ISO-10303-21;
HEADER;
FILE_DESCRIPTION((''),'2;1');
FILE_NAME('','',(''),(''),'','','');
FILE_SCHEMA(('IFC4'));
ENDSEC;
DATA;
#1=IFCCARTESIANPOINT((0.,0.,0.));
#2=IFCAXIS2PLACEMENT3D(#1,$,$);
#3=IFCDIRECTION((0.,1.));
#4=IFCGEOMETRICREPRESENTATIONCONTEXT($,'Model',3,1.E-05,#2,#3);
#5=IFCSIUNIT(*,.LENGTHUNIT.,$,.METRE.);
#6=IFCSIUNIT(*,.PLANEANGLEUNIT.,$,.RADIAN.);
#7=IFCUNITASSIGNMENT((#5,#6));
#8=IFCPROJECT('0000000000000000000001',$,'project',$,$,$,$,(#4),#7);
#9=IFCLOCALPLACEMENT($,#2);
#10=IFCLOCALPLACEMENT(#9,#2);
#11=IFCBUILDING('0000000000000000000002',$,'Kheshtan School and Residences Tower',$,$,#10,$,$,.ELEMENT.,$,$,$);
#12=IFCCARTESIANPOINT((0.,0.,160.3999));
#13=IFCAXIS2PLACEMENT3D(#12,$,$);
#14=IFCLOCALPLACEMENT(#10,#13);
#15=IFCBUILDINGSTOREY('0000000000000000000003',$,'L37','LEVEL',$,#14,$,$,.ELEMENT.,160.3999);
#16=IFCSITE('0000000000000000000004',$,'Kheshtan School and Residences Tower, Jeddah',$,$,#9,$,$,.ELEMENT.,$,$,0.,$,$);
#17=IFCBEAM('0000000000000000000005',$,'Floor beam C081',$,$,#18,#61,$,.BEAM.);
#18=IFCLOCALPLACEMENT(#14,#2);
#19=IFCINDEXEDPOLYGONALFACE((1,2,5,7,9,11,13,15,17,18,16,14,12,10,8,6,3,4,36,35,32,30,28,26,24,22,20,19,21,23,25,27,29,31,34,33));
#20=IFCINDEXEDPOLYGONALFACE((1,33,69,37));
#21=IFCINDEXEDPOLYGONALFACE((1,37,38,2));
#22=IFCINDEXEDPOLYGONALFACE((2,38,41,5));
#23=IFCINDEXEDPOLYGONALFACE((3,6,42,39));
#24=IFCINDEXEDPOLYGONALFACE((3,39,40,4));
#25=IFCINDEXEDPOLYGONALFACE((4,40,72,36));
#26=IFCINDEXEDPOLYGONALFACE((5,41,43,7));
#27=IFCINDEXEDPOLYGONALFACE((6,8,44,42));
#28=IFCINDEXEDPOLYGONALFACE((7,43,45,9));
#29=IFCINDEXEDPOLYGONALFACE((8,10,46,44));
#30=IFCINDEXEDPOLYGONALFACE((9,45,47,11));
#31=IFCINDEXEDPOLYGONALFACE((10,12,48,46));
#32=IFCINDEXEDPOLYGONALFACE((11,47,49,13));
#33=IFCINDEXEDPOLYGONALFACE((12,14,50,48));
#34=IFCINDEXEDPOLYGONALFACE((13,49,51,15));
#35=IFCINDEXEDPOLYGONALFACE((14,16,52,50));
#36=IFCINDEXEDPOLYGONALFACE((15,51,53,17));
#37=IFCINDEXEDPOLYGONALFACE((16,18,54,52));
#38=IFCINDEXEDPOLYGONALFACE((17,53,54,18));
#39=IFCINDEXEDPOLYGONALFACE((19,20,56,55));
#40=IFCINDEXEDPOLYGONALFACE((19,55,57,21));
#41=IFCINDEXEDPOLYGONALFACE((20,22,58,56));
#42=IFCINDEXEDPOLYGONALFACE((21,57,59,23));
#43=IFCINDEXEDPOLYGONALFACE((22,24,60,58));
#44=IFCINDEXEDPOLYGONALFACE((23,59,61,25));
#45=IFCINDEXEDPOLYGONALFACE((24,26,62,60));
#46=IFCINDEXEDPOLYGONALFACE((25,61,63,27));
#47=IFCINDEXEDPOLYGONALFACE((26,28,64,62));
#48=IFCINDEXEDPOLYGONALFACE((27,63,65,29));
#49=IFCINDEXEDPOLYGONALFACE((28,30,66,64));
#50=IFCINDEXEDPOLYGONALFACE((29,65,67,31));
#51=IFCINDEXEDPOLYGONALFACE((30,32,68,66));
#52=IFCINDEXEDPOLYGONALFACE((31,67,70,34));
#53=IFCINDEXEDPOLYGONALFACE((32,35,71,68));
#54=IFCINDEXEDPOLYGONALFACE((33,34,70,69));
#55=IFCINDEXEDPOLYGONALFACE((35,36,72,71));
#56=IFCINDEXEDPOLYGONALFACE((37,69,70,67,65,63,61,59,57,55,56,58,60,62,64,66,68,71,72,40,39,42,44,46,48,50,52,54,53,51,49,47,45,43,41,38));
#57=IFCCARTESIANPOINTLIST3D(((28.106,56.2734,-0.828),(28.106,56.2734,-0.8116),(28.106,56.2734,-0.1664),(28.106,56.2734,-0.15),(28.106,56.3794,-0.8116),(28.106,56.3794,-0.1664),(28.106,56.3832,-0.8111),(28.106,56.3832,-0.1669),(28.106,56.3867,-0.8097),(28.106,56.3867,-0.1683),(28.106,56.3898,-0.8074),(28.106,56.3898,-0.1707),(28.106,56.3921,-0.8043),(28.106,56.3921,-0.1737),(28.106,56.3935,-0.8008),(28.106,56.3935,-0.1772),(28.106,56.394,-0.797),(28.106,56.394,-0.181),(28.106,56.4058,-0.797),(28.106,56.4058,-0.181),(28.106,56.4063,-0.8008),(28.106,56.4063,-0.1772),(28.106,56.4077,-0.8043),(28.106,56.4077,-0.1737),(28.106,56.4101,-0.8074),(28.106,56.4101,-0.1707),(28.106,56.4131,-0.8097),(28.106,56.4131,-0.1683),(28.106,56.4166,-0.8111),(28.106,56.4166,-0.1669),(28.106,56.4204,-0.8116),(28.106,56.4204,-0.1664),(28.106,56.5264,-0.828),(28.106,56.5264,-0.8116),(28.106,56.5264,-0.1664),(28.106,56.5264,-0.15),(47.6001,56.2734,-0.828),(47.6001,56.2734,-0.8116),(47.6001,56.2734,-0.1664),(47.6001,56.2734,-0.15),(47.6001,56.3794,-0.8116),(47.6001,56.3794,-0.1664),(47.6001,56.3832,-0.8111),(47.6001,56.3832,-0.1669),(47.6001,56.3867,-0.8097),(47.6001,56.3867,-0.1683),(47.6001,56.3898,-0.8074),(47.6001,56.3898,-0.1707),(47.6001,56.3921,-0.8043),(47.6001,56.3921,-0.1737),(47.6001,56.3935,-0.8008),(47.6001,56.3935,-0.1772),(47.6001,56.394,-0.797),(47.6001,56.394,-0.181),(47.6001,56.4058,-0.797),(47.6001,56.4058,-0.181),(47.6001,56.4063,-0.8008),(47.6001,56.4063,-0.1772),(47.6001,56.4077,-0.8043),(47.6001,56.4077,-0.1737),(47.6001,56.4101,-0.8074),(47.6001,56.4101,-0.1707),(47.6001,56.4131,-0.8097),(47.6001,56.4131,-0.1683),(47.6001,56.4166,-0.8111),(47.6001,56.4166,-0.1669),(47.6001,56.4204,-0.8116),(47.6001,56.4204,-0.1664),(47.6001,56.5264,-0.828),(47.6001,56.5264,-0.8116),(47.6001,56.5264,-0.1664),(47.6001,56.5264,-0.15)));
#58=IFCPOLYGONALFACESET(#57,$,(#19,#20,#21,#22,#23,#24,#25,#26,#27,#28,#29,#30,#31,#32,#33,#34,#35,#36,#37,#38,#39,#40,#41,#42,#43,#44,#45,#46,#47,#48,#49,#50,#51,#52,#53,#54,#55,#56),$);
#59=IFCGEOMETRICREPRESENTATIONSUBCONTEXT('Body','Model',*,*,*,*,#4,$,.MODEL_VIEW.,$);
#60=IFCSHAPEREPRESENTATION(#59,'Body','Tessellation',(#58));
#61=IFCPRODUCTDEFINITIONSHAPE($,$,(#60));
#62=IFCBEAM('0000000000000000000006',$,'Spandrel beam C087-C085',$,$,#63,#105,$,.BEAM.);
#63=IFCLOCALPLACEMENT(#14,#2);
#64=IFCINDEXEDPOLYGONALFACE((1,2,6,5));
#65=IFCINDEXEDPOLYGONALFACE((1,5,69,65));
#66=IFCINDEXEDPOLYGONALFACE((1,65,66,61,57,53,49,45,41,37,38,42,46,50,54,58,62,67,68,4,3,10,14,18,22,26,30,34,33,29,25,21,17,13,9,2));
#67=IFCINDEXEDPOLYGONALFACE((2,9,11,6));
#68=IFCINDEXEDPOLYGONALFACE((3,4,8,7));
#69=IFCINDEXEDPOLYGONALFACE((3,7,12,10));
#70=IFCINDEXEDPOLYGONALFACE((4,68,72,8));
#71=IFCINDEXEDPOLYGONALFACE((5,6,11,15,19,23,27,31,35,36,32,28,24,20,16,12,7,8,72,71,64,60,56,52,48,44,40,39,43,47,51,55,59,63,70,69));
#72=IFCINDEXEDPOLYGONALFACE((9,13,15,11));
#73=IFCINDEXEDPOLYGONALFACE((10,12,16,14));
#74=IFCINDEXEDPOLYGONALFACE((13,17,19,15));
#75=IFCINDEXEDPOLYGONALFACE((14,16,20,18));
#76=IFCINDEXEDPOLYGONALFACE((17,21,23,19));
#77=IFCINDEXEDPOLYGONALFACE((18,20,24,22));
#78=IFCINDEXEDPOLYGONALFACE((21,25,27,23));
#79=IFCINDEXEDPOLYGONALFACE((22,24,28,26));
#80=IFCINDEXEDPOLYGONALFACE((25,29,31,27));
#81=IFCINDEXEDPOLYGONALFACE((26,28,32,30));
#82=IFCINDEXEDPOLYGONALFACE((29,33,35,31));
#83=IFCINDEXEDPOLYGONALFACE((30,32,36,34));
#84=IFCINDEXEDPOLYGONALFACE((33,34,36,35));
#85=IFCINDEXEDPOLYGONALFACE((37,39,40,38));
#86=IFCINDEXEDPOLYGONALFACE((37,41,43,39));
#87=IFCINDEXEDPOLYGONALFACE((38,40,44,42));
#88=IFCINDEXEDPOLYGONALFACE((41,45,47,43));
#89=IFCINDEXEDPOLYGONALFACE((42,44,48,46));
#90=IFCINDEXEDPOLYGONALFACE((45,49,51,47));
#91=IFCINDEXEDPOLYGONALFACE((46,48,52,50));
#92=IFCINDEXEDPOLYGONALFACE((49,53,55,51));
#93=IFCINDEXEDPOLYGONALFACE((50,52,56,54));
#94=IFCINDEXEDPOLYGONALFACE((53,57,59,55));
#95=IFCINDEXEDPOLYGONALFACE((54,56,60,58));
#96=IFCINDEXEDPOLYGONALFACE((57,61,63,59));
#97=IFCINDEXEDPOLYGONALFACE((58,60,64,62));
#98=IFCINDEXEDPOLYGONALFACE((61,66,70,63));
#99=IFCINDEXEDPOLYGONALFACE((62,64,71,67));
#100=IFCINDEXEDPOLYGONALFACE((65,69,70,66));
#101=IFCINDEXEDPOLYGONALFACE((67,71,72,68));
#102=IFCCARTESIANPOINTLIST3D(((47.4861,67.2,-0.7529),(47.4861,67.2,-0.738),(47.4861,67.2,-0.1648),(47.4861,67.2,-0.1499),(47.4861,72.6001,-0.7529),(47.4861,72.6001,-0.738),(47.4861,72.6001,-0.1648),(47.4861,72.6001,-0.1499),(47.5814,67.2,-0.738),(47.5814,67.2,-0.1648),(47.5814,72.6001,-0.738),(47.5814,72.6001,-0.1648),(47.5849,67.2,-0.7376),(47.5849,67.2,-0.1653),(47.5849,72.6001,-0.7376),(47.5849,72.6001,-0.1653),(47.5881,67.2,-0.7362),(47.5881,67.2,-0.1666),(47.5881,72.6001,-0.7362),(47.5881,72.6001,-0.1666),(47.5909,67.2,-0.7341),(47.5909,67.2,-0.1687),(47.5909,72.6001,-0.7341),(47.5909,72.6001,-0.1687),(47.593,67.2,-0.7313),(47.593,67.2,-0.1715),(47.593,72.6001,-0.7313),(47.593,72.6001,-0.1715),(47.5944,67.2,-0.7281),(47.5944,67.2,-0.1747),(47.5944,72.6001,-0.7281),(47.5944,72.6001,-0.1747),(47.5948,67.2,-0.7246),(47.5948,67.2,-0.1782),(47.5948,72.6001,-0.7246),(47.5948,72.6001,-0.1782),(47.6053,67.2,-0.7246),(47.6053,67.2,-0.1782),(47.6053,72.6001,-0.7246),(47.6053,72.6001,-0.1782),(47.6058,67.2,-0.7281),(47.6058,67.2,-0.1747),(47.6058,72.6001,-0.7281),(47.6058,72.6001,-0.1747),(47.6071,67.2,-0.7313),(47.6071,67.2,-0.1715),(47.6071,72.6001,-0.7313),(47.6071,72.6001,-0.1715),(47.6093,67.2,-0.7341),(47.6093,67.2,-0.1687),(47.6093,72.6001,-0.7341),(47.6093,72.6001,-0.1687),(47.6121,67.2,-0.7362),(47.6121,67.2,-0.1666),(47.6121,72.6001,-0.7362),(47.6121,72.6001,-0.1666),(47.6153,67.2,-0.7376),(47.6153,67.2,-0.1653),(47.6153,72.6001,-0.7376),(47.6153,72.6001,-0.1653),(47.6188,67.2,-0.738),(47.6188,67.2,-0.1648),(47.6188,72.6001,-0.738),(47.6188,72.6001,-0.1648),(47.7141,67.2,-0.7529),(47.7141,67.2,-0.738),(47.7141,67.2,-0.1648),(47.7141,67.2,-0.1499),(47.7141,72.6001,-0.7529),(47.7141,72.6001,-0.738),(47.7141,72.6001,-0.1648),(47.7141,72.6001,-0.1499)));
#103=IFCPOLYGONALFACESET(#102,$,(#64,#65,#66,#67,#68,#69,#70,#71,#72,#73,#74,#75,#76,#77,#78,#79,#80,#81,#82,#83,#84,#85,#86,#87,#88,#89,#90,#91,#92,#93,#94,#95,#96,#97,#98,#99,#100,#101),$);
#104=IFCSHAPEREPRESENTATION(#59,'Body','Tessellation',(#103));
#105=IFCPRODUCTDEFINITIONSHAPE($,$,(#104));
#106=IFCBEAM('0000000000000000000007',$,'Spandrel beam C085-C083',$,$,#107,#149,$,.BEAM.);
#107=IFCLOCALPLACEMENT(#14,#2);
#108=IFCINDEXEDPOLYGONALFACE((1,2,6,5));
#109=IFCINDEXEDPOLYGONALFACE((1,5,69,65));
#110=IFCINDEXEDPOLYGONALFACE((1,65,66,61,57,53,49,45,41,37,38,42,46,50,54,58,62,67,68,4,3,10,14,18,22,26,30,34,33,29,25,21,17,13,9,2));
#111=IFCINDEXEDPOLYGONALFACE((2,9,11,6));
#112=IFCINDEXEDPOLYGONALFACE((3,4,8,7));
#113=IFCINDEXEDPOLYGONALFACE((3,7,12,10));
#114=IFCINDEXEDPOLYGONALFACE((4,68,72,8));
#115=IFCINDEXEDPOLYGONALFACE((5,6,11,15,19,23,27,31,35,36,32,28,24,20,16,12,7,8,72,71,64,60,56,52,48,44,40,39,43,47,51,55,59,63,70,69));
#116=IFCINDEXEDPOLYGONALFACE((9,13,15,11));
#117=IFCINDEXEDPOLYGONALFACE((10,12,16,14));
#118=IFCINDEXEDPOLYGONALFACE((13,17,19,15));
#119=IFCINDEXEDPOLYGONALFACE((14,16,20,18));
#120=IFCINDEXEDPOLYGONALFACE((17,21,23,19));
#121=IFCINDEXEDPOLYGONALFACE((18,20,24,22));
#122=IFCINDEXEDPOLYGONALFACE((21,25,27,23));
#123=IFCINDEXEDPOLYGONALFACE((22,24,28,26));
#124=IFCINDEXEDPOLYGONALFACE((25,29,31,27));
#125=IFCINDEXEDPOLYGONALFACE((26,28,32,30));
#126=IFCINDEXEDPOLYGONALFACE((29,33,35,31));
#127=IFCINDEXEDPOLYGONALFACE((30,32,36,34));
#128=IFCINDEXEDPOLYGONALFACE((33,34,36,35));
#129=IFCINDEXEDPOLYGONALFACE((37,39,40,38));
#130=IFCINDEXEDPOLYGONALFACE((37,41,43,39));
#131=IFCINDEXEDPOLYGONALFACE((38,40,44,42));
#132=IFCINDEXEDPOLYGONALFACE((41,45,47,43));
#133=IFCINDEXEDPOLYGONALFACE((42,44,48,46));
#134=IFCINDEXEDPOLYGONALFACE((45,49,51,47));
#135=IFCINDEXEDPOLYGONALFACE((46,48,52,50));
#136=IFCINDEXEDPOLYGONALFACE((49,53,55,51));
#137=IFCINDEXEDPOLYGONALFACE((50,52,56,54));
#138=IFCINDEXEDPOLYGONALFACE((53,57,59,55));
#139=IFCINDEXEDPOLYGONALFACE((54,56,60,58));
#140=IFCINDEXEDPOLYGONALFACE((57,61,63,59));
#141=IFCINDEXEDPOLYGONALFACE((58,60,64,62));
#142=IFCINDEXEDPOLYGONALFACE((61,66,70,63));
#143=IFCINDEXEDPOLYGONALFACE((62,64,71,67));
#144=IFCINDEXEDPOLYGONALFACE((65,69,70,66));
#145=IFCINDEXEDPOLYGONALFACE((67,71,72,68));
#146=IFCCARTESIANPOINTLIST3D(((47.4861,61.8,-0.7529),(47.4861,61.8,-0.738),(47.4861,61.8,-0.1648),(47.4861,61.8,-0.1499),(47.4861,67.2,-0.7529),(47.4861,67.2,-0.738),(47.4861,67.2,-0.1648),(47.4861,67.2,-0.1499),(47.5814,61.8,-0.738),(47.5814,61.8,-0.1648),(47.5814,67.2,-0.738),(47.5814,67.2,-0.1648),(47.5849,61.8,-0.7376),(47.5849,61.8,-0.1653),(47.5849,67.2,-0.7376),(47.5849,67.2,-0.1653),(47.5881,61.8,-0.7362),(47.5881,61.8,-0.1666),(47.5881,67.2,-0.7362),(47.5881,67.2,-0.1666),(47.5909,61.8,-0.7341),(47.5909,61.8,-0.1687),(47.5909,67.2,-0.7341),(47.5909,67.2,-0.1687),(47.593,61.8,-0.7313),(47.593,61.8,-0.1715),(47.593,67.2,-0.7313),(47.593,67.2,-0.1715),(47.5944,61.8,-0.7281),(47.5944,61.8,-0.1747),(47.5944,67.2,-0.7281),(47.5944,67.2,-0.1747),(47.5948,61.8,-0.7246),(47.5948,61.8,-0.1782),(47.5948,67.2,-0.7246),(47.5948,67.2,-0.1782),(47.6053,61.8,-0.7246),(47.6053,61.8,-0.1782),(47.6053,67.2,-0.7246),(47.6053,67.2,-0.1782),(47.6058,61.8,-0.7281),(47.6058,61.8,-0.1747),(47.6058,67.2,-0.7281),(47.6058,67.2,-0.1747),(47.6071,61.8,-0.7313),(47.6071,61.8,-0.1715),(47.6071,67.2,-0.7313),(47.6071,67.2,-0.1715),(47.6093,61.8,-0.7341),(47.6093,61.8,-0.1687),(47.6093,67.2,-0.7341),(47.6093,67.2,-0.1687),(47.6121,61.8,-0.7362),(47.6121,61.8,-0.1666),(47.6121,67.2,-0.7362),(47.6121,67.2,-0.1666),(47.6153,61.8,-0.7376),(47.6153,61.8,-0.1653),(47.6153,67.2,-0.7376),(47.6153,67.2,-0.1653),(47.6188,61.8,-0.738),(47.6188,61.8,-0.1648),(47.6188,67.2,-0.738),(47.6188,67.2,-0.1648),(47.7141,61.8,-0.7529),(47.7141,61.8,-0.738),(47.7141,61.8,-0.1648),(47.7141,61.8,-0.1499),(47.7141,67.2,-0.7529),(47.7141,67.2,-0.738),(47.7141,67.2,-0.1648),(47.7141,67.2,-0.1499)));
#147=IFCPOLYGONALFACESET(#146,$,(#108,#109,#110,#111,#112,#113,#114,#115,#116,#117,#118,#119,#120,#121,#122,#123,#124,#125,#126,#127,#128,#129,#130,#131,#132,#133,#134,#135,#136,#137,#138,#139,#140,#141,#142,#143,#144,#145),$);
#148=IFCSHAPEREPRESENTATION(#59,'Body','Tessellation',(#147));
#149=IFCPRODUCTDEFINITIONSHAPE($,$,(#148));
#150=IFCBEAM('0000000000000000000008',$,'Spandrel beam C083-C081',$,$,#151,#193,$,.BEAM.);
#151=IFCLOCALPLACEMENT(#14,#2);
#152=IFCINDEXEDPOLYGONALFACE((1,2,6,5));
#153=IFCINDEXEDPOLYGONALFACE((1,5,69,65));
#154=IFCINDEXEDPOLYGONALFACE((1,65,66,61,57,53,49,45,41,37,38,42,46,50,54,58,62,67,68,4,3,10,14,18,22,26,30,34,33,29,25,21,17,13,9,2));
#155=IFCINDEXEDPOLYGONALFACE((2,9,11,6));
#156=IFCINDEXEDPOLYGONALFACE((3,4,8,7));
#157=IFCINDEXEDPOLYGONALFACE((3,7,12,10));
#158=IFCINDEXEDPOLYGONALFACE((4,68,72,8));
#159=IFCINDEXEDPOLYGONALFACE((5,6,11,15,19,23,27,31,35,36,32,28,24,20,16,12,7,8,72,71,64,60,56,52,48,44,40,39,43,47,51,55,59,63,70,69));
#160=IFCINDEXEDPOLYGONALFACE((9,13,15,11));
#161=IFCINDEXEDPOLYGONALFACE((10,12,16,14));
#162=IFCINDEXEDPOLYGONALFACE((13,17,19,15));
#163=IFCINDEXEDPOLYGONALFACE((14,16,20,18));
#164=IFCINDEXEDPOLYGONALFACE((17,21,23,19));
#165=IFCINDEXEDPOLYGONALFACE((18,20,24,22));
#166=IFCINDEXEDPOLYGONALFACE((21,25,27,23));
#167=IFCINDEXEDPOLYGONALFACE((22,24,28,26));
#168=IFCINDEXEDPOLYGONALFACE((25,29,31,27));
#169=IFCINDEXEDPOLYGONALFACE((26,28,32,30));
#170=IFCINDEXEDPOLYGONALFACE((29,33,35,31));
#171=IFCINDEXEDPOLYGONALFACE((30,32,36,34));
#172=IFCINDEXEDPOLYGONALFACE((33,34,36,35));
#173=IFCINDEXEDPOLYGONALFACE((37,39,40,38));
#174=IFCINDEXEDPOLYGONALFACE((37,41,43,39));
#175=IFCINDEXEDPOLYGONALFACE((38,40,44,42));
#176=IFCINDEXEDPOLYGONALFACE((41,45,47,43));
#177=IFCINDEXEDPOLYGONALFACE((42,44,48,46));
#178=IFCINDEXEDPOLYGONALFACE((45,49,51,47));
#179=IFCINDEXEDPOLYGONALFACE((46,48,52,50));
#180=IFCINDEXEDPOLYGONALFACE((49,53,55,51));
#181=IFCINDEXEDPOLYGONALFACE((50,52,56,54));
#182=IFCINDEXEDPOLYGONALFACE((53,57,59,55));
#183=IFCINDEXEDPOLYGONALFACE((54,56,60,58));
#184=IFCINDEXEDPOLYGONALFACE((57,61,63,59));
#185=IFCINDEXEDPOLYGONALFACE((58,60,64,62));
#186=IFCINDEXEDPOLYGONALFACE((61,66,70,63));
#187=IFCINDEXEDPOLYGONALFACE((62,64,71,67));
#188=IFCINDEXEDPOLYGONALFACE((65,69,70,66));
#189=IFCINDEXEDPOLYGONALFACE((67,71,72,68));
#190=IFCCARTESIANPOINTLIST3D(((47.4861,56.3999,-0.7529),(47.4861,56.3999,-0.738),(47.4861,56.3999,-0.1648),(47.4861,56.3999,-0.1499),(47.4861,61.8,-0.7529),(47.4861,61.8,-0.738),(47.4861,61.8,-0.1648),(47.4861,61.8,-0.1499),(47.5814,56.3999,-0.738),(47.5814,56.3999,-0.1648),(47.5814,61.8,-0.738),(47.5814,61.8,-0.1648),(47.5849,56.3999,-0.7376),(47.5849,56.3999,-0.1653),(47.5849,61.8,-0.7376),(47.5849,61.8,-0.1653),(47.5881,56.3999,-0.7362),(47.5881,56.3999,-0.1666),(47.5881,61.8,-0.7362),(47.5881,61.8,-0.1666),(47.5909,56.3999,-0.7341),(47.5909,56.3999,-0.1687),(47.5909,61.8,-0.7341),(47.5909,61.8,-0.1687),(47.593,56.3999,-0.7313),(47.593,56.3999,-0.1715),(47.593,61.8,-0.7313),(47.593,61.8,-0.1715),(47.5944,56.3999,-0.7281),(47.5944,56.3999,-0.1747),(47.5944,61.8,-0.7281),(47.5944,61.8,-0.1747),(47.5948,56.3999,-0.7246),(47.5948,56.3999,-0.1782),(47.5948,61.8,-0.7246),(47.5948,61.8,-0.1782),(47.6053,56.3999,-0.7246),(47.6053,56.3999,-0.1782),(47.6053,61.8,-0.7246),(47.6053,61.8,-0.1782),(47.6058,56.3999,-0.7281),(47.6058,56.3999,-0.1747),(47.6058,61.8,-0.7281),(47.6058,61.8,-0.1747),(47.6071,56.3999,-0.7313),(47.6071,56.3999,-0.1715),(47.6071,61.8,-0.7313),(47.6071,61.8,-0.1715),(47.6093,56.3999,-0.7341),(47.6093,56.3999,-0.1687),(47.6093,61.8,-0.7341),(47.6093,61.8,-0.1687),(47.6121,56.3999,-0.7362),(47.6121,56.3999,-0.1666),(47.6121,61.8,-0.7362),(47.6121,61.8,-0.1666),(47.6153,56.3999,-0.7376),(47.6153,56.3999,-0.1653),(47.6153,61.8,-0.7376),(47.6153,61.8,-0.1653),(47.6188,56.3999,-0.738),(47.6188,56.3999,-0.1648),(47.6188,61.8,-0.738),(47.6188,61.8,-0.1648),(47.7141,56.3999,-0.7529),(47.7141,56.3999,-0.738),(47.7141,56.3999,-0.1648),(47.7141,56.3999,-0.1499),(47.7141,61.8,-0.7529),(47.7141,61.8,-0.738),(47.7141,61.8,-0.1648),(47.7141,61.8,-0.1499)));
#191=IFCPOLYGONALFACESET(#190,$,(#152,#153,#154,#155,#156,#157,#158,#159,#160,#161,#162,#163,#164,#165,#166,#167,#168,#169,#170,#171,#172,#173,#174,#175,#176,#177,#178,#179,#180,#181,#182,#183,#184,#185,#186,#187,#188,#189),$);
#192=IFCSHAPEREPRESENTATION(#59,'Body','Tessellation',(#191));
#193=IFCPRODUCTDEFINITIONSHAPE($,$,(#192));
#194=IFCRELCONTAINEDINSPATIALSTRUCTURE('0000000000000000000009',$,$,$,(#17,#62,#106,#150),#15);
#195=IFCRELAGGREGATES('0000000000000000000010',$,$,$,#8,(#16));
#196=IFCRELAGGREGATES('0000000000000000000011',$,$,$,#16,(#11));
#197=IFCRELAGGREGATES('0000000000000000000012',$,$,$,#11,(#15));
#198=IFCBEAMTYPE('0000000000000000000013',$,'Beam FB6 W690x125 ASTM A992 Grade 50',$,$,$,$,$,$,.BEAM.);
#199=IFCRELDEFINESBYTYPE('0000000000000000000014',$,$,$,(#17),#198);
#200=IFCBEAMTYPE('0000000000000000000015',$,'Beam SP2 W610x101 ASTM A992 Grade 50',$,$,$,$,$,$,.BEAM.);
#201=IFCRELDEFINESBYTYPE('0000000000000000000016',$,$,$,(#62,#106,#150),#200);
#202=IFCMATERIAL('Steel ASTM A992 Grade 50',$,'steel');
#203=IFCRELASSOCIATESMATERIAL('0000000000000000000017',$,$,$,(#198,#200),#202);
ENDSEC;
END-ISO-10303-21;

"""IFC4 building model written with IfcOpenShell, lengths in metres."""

from ifc_helpers import new_model, si_unit, direction, frame, origin, origin_2d, place, context, subcontext, project, spatial, i_section, extrude, material, material_profile, profile_set, type_object, element, save


model = new_model("IFC4")

# Units and contexts
model_context = context("Model", 3, precision=1e-05, world=origin(), true_north=direction((0.0, 1.0)))
body_context = subcontext(model_context, "Body", "Model", "MODEL_VIEW")
ifc_project = project(units=[si_unit("LENGTHUNIT", "METRE"), si_unit("PLANEANGLEUNIT", "RADIAN")], contexts=[model_context])

# Site, building, storey
site_placement = place(None, origin())
site = spatial("IfcSite", under=ifc_project, at=site_placement, Name="Kheshtan School and Residences Tower, Jeddah", CompositionType="ELEMENT", RefElevation=0.0)
building_placement = place(site_placement, origin())
building = spatial("IfcBuilding", under=site, at=building_placement, Name="Kheshtan School and Residences Tower", CompositionType="ELEMENT")
storey_placement = place(building_placement, frame((0.0, 0.0, 160.3999)))
storey = spatial("IfcBuildingStorey", under=building, at=storey_placement, Name="L37", Description="LEVEL", CompositionType="ELEMENT", Elevation=160.3999)

# Shared definitions
ifc_material_1 = material(Name="Steel ASTM A992 Grade 50", Category="steel")

# Beams
ifc_material_profile_1 = material_profile(ifc_material_1, i_section(OverallWidth=0.2529, OverallDepth=0.678, WebThickness=0.0117, FlangeThickness=0.0164, FilletRadius=0.0146, at=origin_2d()), Name="W690x125")
ifc_profile_set_1 = profile_set([ifc_material_profile_1], Name="Steel ASTM A992 Grade 50")
beam_type_1 = type_object("IfcBeamType", Name="Beam FB6 W690x125 ASTM A992 Grade 50", PredefinedType="BEAM", material=ifc_profile_set_1)
beam_1_placement = place(storey_placement, frame((47.6001, 56.3999, -0.489), z_axis=(-1.0, 0.0, 0.0), x_axis=(0.0, -1.0, 0.0)))
element("IfcBeam", 1, at=beam_1_placement, inside=storey, type_object=beam_type_1, Name="Floor beam C081", PredefinedType="BEAM", context=body_context, shape_type="SweptSolid", body=[
    extrude(i_section(OverallWidth=0.2529, OverallDepth=0.678, WebThickness=0.0117, FlangeThickness=0.0164, FilletRadius=0.0146, at=origin_2d()), origin(), (0.0, 0.0, 1.0), 19.4941),
])
ifc_material_profile_2 = material_profile(ifc_material_1, i_section(OverallWidth=0.228, OverallDepth=0.603, WebThickness=0.0105, FlangeThickness=0.0149, FilletRadius=0.0134, at=origin_2d()), Name="W610x101")
ifc_profile_set_2 = profile_set([ifc_material_profile_2], Name="Steel ASTM A992 Grade 50")
beam_type_2 = type_object("IfcBeamType", Name="Beam SP2 W610x101 ASTM A992 Grade 50", PredefinedType="BEAM", material=ifc_profile_set_2)
beam_2_placement = place(storey_placement, frame((47.6001, 72.6001, -0.4514), z_axis=(0.0, -1.0, 0.0), x_axis=(1.0, 0.0, 0.0)))
element("IfcBeam", 2, at=beam_2_placement, inside=storey, type_object=beam_type_2, Name="Spandrel beam C087-C085", PredefinedType="BEAM", context=body_context, shape_type="SweptSolid", body=[
    extrude(i_section(OverallWidth=0.228, OverallDepth=0.603, WebThickness=0.0105, FlangeThickness=0.0149, FilletRadius=0.0134, at=origin_2d()), origin(), (0.0, 0.0, 1.0), 5.4001),
])
beam_3_placement = place(storey_placement, frame((47.6001, 67.2, -0.4514), z_axis=(0.0, -1.0, 0.0), x_axis=(1.0, 0.0, 0.0)))
element("IfcBeam", 3, at=beam_3_placement, inside=storey, type_object=beam_type_2, Name="Spandrel beam C085-C083", PredefinedType="BEAM", context=body_context, shape_type="SweptSolid", body=[
    extrude(i_section(OverallWidth=0.228, OverallDepth=0.603, WebThickness=0.0105, FlangeThickness=0.0149, FilletRadius=0.0134, at=origin_2d()), origin(), (0.0, 0.0, 1.0), 5.3999),
])
beam_4_placement = place(storey_placement, frame((47.6001, 61.8, -0.4514), z_axis=(0.0, -1.0, 0.0), x_axis=(1.0, 0.0, 0.0)))
element("IfcBeam", 4, at=beam_4_placement, inside=storey, type_object=beam_type_2, Name="Spandrel beam C083-C081", PredefinedType="BEAM", context=body_context, shape_type="SweptSolid", body=[
    extrude(i_section(OverallWidth=0.228, OverallDepth=0.603, WebThickness=0.0105, FlangeThickness=0.0149, FilletRadius=0.0134, at=origin_2d()), origin(), (0.0, 0.0, 1.0), 5.4001),
])

save(model, "model.ifc")
